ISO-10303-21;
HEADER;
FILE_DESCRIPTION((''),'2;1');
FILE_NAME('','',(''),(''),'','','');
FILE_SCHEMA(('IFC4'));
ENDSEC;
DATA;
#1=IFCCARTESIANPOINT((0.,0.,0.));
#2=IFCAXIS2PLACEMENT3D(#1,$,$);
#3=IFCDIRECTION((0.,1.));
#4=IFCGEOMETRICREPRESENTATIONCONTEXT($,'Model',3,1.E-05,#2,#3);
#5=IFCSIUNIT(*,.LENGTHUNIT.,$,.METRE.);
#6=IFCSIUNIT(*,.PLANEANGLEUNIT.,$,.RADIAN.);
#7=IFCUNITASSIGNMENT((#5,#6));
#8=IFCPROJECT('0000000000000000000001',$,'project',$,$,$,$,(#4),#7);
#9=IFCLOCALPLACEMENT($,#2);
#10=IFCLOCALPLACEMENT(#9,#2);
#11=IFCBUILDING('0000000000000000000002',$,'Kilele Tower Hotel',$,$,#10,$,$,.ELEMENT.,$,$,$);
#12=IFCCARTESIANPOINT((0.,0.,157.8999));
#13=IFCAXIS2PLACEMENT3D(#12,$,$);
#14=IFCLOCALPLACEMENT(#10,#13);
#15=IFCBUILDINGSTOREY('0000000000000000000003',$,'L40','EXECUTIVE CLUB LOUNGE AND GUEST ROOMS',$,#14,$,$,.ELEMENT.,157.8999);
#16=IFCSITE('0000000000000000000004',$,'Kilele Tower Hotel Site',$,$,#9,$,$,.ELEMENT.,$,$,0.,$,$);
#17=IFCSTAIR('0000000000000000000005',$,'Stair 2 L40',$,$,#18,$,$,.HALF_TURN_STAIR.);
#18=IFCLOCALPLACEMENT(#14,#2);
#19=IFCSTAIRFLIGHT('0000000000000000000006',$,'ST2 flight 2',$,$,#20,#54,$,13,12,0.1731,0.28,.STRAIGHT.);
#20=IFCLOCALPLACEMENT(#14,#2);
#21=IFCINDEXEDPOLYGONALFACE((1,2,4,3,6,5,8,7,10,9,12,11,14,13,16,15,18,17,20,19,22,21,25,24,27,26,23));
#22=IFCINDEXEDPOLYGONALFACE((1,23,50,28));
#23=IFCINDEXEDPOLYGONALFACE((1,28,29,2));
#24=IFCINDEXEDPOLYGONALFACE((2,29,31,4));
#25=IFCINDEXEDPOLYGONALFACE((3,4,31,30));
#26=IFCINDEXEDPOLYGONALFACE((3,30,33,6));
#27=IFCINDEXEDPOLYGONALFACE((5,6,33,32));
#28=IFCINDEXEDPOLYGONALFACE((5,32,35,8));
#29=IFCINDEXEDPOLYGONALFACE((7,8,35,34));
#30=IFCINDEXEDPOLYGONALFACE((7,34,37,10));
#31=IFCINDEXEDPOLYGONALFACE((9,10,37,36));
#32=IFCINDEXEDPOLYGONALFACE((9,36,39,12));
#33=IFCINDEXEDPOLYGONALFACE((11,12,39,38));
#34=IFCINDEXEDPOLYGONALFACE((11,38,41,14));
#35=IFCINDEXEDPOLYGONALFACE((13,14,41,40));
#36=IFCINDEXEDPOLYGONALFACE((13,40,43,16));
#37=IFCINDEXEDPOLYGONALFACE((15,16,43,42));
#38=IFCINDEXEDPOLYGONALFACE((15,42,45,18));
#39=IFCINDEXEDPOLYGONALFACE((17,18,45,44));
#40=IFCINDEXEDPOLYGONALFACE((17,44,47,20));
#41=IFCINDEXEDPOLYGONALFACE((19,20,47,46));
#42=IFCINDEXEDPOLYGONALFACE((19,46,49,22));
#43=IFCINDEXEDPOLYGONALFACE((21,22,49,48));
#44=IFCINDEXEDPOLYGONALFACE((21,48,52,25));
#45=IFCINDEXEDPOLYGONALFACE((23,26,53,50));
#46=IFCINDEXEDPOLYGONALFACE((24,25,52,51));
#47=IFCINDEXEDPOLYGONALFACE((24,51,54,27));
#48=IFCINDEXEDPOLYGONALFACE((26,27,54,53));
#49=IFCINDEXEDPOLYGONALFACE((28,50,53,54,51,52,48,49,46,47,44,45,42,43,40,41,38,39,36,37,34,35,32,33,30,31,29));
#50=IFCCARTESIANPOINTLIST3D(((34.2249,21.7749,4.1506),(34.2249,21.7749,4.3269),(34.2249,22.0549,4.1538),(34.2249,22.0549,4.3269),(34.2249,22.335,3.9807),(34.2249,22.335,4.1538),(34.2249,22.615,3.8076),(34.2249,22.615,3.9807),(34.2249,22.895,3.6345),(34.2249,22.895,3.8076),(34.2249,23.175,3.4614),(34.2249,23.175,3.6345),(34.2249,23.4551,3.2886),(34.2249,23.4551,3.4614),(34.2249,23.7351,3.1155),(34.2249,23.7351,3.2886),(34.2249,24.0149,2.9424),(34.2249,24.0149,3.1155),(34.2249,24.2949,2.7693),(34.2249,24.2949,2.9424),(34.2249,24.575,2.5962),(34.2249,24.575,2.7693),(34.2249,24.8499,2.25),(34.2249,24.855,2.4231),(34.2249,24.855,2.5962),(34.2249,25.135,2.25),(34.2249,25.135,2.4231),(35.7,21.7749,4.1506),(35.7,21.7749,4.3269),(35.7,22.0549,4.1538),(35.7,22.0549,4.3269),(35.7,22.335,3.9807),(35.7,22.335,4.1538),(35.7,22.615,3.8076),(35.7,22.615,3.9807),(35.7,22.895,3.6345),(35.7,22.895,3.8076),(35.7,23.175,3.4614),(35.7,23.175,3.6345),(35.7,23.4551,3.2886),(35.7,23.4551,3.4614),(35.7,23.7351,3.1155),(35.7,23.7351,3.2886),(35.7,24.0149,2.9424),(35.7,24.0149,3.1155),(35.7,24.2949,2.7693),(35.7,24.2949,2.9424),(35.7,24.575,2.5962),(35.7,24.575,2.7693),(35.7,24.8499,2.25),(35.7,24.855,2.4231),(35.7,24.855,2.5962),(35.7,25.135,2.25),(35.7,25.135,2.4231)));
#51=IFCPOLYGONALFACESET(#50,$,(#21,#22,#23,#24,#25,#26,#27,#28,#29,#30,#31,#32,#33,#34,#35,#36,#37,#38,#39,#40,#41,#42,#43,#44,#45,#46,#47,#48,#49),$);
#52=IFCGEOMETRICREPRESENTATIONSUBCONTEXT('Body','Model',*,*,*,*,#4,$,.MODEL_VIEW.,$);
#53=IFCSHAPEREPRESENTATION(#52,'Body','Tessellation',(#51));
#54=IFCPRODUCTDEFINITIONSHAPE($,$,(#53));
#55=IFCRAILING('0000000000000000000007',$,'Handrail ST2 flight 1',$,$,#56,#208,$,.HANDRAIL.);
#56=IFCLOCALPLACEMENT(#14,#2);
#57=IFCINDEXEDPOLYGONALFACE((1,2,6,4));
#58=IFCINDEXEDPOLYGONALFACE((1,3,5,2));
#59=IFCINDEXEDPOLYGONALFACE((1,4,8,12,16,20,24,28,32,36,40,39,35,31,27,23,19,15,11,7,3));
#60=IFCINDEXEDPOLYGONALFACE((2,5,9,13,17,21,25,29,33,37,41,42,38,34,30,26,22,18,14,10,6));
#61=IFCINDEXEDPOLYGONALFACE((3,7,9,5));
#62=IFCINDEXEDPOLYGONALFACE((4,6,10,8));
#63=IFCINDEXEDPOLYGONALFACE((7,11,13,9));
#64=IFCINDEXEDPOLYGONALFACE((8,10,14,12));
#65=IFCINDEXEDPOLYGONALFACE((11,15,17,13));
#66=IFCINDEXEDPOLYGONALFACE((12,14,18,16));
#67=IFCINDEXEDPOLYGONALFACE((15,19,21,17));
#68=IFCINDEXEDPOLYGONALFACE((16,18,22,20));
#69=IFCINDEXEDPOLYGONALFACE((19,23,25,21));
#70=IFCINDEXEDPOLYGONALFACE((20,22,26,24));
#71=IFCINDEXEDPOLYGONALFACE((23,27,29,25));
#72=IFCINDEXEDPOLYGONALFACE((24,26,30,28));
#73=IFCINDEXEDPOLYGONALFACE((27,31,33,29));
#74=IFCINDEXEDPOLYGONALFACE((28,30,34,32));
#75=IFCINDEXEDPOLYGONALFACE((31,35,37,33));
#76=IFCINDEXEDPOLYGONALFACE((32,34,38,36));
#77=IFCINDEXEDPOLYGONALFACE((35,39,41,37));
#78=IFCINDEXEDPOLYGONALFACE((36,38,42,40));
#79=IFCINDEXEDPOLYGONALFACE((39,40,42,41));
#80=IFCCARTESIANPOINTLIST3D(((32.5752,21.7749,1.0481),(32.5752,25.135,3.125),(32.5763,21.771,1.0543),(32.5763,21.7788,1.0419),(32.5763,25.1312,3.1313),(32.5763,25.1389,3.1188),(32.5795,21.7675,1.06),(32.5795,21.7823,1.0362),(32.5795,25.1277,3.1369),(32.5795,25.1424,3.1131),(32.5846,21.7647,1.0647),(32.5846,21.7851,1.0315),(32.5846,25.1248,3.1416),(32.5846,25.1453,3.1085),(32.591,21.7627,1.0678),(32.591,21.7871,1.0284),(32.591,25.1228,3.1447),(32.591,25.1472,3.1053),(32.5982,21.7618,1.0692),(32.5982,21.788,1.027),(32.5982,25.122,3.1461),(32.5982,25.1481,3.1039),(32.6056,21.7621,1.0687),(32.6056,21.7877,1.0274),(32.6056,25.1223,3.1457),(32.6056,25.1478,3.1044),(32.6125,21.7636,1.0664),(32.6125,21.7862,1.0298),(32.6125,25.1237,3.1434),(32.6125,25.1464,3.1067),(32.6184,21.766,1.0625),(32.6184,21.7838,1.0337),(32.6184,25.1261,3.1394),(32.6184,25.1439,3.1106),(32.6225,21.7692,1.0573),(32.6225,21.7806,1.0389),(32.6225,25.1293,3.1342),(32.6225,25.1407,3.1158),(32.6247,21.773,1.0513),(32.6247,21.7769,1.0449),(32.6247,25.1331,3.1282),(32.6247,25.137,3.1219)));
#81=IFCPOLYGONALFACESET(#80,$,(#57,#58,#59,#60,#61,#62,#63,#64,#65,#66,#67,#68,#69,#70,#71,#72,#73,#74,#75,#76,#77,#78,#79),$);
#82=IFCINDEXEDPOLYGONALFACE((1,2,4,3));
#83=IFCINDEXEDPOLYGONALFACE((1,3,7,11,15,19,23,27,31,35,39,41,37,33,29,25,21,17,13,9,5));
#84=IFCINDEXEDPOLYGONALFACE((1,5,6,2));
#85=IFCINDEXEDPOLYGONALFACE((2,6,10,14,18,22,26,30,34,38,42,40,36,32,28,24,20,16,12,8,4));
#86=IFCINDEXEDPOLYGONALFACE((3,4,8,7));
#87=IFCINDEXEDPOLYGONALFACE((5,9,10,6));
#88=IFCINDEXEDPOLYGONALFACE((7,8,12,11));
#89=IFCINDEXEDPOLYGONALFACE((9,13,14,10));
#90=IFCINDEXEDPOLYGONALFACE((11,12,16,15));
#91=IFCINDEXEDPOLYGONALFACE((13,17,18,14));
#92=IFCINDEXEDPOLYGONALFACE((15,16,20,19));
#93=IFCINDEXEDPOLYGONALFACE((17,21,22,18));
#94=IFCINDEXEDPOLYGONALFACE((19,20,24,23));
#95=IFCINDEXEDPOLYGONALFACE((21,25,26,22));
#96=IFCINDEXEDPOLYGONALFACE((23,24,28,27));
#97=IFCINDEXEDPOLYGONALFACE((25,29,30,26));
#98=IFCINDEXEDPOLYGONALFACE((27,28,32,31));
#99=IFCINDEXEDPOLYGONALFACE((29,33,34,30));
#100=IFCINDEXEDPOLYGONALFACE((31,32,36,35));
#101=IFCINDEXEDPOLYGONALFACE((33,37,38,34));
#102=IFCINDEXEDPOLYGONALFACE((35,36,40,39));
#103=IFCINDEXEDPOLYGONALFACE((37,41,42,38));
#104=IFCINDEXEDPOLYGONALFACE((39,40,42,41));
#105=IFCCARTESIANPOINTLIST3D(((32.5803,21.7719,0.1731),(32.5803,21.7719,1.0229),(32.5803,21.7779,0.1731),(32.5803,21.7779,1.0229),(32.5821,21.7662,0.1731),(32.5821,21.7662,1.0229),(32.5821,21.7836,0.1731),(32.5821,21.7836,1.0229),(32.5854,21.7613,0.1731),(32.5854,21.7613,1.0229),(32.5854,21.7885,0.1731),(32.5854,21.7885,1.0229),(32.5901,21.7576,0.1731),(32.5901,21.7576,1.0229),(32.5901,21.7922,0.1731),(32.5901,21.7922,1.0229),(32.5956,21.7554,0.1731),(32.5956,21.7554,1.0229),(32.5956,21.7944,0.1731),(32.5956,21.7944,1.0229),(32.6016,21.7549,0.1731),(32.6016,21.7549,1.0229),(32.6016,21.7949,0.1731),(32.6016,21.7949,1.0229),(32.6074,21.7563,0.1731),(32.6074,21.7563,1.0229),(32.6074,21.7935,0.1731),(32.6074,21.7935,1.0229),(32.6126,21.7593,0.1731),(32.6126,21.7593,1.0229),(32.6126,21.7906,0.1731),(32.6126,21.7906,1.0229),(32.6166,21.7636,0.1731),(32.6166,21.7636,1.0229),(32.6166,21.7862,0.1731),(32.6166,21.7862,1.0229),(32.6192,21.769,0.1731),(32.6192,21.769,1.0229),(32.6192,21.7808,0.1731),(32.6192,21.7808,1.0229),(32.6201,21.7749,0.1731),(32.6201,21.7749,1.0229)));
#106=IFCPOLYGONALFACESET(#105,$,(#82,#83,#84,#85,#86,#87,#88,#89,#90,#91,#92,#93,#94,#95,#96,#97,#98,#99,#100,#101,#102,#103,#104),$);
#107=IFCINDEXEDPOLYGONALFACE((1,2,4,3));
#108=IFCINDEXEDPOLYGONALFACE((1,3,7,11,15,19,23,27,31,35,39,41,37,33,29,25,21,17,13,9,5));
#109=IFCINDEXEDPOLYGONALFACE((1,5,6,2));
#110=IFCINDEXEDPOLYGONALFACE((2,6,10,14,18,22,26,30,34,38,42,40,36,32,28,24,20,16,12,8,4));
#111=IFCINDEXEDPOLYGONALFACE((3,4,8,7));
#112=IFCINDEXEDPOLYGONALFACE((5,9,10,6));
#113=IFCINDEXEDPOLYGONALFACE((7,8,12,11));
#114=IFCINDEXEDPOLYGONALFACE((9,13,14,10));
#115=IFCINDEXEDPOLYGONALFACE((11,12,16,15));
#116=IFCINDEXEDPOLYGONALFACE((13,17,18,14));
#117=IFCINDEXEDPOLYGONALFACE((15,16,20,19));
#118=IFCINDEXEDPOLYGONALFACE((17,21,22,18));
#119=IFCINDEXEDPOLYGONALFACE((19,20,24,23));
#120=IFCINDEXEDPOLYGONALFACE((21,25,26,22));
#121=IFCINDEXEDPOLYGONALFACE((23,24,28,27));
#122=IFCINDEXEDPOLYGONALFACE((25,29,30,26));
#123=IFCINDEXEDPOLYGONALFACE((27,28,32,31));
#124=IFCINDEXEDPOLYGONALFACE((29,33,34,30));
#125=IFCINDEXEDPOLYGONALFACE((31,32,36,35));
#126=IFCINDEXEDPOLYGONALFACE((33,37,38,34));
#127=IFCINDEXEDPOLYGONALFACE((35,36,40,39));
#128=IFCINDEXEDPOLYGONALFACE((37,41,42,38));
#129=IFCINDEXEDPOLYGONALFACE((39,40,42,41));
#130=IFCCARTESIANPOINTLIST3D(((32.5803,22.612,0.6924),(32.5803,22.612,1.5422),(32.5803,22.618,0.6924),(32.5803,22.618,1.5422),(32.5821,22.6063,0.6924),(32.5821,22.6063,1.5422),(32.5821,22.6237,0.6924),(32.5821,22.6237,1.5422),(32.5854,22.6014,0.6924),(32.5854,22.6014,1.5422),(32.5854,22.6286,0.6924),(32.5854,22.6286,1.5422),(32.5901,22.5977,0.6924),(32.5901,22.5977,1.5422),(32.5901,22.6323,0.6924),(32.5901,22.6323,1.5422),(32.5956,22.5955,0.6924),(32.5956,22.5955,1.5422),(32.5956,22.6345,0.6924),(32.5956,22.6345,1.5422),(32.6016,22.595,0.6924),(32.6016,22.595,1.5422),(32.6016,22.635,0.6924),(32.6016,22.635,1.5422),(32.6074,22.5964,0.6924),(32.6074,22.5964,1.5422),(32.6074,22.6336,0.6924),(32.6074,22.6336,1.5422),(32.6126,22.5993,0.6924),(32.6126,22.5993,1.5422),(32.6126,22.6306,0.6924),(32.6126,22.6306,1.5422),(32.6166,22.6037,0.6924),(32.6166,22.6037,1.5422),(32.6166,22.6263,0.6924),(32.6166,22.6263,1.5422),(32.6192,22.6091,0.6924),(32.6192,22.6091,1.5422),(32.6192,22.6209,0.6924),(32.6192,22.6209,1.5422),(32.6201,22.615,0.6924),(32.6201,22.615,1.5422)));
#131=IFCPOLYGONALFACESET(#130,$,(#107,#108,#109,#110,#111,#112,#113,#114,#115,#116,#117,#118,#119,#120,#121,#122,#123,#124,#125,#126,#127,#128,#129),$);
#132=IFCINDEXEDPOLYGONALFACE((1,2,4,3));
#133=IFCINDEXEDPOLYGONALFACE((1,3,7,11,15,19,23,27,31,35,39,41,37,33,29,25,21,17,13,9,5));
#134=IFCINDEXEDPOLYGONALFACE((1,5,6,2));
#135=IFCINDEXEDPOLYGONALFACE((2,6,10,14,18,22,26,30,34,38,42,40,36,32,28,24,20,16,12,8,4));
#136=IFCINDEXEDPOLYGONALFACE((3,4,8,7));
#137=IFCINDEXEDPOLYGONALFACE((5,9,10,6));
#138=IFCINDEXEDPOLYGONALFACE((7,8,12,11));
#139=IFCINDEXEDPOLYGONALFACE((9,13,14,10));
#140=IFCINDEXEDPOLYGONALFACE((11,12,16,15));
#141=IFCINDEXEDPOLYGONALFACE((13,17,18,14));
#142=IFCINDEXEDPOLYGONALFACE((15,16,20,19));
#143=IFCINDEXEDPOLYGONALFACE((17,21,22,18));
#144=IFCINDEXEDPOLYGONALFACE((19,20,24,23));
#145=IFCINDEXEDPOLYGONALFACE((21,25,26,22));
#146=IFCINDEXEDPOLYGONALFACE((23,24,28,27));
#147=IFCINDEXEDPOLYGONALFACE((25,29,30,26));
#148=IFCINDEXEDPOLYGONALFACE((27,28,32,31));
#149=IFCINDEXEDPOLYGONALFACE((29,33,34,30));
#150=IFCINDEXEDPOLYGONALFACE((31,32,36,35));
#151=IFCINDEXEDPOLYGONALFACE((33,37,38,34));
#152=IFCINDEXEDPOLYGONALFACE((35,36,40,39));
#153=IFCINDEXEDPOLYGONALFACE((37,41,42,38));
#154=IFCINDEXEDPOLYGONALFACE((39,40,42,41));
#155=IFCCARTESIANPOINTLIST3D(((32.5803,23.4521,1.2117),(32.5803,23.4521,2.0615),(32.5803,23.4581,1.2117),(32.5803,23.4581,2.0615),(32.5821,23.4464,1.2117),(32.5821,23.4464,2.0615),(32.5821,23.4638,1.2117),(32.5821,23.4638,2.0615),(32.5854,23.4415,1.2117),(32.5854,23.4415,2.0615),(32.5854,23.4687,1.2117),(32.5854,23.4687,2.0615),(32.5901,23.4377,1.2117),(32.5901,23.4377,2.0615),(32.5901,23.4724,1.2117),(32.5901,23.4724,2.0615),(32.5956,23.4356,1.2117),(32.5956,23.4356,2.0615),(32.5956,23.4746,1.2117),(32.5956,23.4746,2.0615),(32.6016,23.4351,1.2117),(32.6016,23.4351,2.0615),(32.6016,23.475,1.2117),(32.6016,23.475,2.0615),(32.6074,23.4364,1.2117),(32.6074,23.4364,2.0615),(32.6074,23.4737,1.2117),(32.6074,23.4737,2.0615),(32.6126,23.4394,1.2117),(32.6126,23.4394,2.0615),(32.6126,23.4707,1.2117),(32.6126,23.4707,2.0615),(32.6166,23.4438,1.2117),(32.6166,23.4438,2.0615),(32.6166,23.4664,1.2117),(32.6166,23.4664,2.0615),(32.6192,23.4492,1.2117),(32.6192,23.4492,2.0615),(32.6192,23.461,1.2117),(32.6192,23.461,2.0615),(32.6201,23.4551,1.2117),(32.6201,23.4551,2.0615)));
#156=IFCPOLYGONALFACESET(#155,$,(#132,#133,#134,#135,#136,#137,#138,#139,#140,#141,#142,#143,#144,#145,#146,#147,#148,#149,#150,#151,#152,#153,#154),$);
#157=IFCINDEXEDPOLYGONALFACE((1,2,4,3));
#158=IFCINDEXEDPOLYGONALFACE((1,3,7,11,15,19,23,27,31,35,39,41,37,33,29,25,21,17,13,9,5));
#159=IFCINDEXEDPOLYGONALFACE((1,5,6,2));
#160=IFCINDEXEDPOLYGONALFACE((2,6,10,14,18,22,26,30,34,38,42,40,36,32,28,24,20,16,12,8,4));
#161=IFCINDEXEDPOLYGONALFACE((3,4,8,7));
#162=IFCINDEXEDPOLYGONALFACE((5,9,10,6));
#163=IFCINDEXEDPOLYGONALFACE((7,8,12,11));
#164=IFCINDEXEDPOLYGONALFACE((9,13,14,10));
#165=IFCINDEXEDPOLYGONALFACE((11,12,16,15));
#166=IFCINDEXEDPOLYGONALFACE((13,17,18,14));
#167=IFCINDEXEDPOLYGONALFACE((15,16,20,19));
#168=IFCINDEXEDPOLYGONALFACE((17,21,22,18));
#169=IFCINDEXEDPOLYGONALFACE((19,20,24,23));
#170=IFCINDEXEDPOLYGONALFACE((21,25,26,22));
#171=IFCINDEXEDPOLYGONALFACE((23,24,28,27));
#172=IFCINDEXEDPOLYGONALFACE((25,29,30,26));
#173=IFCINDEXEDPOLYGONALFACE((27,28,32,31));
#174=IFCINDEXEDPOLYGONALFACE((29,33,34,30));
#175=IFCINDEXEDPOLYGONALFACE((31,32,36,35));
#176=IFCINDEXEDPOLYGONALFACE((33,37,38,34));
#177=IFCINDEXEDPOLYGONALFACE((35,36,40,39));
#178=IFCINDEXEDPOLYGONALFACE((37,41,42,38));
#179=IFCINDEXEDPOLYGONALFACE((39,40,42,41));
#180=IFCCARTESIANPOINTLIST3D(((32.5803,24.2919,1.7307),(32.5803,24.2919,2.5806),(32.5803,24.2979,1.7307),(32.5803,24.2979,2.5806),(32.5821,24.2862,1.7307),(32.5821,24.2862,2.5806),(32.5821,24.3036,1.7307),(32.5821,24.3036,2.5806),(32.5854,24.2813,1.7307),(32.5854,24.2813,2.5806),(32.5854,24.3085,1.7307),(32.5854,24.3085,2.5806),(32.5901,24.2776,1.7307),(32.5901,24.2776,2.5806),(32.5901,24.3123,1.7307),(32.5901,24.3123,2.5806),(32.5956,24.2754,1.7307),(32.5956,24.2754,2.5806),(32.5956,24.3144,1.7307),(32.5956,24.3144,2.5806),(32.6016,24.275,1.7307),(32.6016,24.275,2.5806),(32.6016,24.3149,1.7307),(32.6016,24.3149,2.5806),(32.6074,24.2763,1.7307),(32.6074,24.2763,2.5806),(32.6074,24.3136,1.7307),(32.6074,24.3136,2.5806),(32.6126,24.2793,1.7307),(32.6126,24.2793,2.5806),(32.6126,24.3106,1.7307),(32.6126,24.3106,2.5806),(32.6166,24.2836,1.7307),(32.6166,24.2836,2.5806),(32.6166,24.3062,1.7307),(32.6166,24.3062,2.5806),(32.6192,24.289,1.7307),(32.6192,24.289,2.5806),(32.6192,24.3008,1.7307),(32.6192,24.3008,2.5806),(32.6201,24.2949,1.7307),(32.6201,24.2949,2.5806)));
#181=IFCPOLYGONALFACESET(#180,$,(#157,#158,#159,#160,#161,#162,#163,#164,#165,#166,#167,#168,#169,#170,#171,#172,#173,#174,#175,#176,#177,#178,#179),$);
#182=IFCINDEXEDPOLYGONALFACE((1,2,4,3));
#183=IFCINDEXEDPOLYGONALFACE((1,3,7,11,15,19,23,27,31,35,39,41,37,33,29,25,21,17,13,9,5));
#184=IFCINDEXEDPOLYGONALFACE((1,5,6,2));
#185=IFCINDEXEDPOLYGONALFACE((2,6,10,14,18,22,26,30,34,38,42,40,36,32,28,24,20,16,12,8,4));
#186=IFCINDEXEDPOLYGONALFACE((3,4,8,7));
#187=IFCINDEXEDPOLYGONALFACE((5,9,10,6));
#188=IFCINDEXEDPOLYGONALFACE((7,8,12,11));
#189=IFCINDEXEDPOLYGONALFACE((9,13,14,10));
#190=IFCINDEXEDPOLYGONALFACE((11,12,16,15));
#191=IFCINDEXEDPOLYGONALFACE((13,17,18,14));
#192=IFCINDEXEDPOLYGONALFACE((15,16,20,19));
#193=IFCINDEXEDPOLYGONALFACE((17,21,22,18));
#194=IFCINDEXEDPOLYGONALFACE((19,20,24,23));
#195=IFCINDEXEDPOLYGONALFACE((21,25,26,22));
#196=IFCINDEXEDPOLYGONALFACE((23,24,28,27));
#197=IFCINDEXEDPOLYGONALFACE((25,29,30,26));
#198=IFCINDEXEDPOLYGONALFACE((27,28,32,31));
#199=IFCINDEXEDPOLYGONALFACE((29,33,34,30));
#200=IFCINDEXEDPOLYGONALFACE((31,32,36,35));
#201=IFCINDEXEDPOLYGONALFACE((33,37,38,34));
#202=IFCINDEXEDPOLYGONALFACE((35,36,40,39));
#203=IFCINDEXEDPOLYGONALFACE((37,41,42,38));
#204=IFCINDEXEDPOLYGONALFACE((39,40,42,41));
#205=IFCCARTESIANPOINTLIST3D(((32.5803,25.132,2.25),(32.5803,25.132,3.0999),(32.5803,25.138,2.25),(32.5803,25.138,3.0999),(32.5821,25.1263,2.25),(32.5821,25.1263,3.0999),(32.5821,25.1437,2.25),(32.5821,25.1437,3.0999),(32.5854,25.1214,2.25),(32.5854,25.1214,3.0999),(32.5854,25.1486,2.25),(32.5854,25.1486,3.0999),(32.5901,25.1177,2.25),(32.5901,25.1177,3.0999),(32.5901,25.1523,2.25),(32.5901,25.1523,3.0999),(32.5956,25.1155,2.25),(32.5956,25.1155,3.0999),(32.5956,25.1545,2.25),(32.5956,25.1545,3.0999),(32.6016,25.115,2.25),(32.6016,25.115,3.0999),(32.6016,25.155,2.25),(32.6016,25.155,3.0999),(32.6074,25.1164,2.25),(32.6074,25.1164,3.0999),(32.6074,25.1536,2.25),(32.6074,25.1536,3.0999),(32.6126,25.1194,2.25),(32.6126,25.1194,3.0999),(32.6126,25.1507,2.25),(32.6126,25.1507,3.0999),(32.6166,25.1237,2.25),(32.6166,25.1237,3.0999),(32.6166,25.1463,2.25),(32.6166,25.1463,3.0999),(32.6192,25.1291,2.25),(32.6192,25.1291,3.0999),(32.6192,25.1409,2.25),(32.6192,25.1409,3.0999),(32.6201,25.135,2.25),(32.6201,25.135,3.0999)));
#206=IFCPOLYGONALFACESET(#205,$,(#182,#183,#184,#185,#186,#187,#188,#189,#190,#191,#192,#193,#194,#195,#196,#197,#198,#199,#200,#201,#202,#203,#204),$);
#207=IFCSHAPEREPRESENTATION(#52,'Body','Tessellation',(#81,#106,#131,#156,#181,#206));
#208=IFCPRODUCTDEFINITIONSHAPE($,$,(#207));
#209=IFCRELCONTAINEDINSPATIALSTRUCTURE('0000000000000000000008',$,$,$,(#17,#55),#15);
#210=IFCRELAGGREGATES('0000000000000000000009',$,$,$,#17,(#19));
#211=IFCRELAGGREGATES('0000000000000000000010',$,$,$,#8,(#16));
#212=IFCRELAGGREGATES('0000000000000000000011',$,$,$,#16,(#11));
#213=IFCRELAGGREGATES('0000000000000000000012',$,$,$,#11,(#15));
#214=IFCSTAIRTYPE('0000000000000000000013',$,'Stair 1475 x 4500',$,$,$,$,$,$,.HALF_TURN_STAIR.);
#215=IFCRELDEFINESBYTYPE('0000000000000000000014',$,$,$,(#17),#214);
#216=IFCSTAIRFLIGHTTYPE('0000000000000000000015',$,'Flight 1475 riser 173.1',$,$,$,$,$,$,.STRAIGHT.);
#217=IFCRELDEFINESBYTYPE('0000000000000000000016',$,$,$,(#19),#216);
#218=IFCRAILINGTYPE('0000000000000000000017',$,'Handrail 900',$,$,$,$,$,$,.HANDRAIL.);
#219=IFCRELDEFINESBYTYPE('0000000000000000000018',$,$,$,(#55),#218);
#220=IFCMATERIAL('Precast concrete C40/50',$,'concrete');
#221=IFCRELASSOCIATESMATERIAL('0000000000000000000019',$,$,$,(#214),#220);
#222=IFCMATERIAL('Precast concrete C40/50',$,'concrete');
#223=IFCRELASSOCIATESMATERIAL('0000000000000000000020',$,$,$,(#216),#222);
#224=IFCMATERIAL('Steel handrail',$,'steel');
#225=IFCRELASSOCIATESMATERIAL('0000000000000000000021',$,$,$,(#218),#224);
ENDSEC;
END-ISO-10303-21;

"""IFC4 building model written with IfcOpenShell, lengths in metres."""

from ifc_helpers import new_model, si_unit, direction, frame, origin, origin_2d, place, context, subcontext, project, spatial, polyline, circle, outline, extrude, material, type_object, element, aggregate, save


model = new_model("IFC4")

# Units and contexts
model_context = context("Model", 3, precision=1e-05, world=origin(), true_north=direction((0.0, 1.0)))
body_context = subcontext(model_context, "Body", "Model", "MODEL_VIEW")
ifc_project = project(units=[si_unit("LENGTHUNIT", "METRE"), si_unit("PLANEANGLEUNIT", "RADIAN")], contexts=[model_context])

# Site, building, storey
site_placement = place(None, origin())
site = spatial("IfcSite", under=ifc_project, at=site_placement, Name="Kilele Tower Hotel Site", CompositionType="ELEMENT", RefElevation=0.0)
building_placement = place(site_placement, origin())
building = spatial("IfcBuilding", under=site, at=building_placement, Name="Kilele Tower Hotel", CompositionType="ELEMENT")
storey_placement = place(building_placement, frame((0.0, 0.0, 157.8999)))
storey = spatial("IfcBuildingStorey", under=building, at=storey_placement, Name="L40", Description="EXECUTIVE CLUB LOUNGE AND GUEST ROOMS", CompositionType="ELEMENT", Elevation=157.8999)

# Stair, stair flight
ifc_material_1 = material(Name="Precast concrete C40/50", Category="concrete")
stair_type = type_object("IfcStairType", Name="Stair 1475 x 4500", PredefinedType="HALF_TURN_STAIR", material=ifc_material_1)
stair_placement = place(storey_placement, origin())
stair = element("IfcStair", 1, at=stair_placement, inside=storey, type_object=stair_type, Name="Stair 2 L40", PredefinedType="HALF_TURN_STAIR")
ifc_material_2 = material(Name="Precast concrete C40/50", Category="concrete")
stair_flight_type = type_object("IfcStairFlightType", Name="Flight 1475 riser 173.1", PredefinedType="STRAIGHT", material=ifc_material_2)
stair_flight_1_placement = place(storey_placement, frame((34.9624, 25.135, 2.25), z_axis=(0.0, 0.0, 1.0), x_axis=(0.0, -1.0, 0.0)))
stair_flight_1 = element("IfcStairFlight", 2, at=stair_flight_1_placement, type_object=stair_flight_type, Name="ST2 flight 2", NumberOfRisers=13, NumberOfTreads=12, PredefinedType="STRAIGHT", RiserHeight=0.1731, TreadLength=0.28, context=body_context, shape_type="SweptSolid", body=[
    extrude(outline(polyline([(0.0, 0.0), (0.0, 0.1731), (0.28, 0.1731), (0.28, 0.3462), (0.5601, 0.3462), (0.5601, 0.5193), (0.8401, 0.5193), (0.8401, 0.6924), (1.1201, 0.6924), (1.1201, 0.8655), (1.3999, 0.8655), (1.3999, 1.0386), (1.6799, 1.0386), (1.6799, 1.2114), (1.96, 1.2114), (1.96, 1.3845), (2.24, 1.3845), (2.24, 1.5576), (2.52, 1.5576), (2.52, 1.7307), (2.8, 1.7307), (2.8, 1.9038), (3.0801, 1.9038), (3.0801, 2.0769), (3.3601, 2.0769), (3.3601, 2.25), (3.3601, 1.9006), (0.2852, 0.0), (0.0, 0.0)])), frame((0.0, 0.7375, 0.0), z_axis=(0.0, -1.0, 0.0), x_axis=(1.0, 0.0, 0.0)), (0.0, 0.0, 1.0), 1.4751),
])
aggregate(stair, [stair_flight_1])

# Railing
ifc_material_3 = material(Name="Steel handrail", Category="steel")
railing_type_1 = type_object("IfcRailingType", Name="Handrail 900", PredefinedType="HANDRAIL", material=ifc_material_3)
for number, where, name in (
    (3, (32.6001, 21.7749, 0.1731), "Handrail ST2 flight 1"),
):
    element("IfcRailing", number, at=place(storey_placement, frame(where)), inside=storey, type_object=railing_type_1, Name=name, PredefinedType="HANDRAIL", context=body_context, shape_type="SweptSolid", body=[
        extrude(circle(Radius=0.0249, at=origin_2d()), frame((0.0, 0.0, 0.875), z_axis=(0.0, 0.850623, 0.525776), x_axis=(-1.0, 0.0, 0.0)), (0.0, 0.0, 1.0), 3.9502),
        extrude(circle(Radius=0.02, at=origin_2d()), origin(), (0.0, 0.0, 1.0), 0.8499),
        extrude(circle(Radius=0.02, at=origin_2d()), frame((0.0, 0.8401, 0.5193)), (0.0, 0.0, 1.0), 0.8499),
        extrude(circle(Radius=0.02, at=origin_2d()), frame((0.0, 1.6802, 1.0386)), (0.0, 0.0, 1.0), 0.8499),
        extrude(circle(Radius=0.02, at=origin_2d()), frame((0.0, 2.52, 1.5576)), (0.0, 0.0, 1.0), 0.8499),
        extrude(circle(Radius=0.02, at=origin_2d()), frame((0.0, 3.3601, 2.0769)), (0.0, 0.0, 1.0), 0.8499),
    ])

save(model, "model.ifc")
